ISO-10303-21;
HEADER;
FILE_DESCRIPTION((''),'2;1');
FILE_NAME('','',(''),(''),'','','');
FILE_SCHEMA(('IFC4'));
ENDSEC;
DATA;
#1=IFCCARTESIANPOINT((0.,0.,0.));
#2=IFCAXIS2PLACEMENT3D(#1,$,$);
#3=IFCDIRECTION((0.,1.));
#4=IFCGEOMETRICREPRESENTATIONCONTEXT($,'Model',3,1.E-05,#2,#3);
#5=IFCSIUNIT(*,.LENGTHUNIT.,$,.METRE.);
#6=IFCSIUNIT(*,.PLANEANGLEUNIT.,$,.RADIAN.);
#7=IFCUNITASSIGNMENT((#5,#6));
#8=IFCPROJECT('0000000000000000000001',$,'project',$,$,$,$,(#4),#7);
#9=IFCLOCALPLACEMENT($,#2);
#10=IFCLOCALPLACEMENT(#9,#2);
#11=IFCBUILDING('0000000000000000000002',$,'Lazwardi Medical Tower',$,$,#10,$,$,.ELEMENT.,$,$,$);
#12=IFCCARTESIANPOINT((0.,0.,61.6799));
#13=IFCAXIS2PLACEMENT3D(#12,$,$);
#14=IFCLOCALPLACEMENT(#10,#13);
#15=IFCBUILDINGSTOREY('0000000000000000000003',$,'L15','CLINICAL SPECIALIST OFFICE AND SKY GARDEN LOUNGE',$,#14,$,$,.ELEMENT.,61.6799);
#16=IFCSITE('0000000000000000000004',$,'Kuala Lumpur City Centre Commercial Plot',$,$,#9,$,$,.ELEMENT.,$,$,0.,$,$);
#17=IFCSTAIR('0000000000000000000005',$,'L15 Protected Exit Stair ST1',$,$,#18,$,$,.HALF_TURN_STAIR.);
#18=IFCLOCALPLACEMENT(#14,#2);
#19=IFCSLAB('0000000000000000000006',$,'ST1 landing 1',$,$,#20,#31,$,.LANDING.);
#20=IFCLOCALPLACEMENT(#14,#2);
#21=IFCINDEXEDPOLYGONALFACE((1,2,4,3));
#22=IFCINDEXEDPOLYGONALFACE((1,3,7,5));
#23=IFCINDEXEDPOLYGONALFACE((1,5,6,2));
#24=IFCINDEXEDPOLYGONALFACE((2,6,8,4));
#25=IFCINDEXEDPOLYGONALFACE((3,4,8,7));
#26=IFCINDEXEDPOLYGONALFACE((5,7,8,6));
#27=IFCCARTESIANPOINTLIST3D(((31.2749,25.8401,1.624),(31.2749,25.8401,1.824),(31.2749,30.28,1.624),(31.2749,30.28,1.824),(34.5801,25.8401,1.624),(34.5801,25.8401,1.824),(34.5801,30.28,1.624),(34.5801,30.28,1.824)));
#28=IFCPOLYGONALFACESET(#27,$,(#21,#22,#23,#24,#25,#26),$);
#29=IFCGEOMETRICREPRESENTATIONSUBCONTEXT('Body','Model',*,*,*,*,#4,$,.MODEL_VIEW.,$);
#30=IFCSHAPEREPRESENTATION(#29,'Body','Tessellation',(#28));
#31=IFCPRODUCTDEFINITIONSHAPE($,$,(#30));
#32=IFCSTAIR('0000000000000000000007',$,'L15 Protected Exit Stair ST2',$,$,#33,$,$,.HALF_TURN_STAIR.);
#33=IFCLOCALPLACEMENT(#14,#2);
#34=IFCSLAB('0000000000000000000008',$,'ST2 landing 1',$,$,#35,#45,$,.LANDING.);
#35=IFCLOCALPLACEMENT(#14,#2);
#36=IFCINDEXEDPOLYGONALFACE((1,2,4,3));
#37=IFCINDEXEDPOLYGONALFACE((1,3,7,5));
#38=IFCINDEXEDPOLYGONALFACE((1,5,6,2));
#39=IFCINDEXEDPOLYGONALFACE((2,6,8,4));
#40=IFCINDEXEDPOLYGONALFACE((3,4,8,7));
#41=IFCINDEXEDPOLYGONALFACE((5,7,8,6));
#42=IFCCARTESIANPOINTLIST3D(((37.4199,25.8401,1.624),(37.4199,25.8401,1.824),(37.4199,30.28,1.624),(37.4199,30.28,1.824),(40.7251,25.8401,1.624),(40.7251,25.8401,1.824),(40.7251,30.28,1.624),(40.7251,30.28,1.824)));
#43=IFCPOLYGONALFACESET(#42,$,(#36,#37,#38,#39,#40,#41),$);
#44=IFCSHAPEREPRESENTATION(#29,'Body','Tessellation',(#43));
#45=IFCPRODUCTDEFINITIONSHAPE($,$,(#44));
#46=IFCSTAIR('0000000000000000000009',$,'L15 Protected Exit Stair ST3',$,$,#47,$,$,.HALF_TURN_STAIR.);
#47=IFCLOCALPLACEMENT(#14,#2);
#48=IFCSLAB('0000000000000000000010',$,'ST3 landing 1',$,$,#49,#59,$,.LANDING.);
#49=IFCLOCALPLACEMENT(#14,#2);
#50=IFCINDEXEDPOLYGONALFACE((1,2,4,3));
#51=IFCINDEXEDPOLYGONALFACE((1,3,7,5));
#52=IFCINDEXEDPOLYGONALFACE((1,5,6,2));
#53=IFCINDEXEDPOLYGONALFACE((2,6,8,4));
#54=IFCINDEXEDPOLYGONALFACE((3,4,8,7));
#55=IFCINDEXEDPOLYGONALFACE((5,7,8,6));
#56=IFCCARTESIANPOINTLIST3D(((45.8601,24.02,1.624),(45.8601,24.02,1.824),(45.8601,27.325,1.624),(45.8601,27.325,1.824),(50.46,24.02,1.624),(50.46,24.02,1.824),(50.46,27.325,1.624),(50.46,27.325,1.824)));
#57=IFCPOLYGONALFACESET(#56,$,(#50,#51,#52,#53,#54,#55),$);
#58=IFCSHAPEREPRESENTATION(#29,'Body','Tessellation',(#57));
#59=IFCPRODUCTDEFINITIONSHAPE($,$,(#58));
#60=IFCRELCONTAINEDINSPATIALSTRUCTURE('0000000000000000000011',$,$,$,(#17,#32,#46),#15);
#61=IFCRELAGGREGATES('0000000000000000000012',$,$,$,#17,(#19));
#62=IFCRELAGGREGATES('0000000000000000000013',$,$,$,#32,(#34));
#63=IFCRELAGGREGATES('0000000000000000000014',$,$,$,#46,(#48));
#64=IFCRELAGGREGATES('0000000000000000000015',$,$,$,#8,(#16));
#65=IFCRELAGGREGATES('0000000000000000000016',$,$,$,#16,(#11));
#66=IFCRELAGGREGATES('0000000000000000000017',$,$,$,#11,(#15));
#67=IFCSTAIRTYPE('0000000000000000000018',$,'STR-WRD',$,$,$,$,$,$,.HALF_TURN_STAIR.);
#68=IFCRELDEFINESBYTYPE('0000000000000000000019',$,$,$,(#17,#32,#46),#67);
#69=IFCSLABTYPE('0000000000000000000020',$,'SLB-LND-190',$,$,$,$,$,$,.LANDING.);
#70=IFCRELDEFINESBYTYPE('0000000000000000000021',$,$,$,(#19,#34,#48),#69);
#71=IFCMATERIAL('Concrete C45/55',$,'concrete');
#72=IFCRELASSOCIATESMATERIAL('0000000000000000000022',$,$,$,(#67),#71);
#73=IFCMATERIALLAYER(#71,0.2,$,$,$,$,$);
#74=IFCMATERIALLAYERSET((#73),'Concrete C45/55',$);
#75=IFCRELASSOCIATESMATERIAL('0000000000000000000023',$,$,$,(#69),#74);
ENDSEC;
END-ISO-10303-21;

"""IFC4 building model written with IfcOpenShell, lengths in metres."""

from ifc_helpers import new_model, si_unit, direction, frame, origin, place, context, subcontext, project, spatial, polyline, outline, extrude, material, layer, layer_set, type_object, element, aggregate, save


model = new_model("IFC4")

# Units and contexts
model_context = context("Model", 3, precision=1e-05, world=origin(), true_north=direction((0.0, 1.0)))
body_context = subcontext(model_context, "Body", "Model", "MODEL_VIEW")
ifc_project = project(units=[si_unit("LENGTHUNIT", "METRE"), si_unit("PLANEANGLEUNIT", "RADIAN")], contexts=[model_context])

# Site, building, storey
site_placement = place(None, origin())
site = spatial("IfcSite", under=ifc_project, at=site_placement, Name="Kuala Lumpur City Centre Commercial Plot", CompositionType="ELEMENT", RefElevation=0.0)
building_placement = place(site_placement, origin())
building = spatial("IfcBuilding", under=site, at=building_placement, Name="Lazwardi Medical Tower", CompositionType="ELEMENT")
storey_placement = place(building_placement, frame((0.0, 0.0, 61.6799)))
storey = spatial("IfcBuildingStorey", under=building, at=storey_placement, Name="L15", Description="CLINICAL SPECIALIST OFFICE AND SKY GARDEN LOUNGE", CompositionType="ELEMENT", Elevation=61.6799)

# Stairs, slabs
ifc_material_1 = material(Name="Concrete C45/55", Category="concrete")
stair_type = type_object("IfcStairType", Name="STR-WRD", PredefinedType="HALF_TURN_STAIR", material=ifc_material_1)
stair_1_placement = place(storey_placement, origin())
stair_1 = element("IfcStair", 1, at=stair_1_placement, inside=storey, type_object=stair_type, Name="L15 Protected Exit Stair ST1", PredefinedType="HALF_TURN_STAIR")
ifc_layer_1 = layer(ifc_material_1, 0.2)
ifc_layer_set_1 = layer_set([ifc_layer_1], Name="Concrete C45/55")
slab_type_1 = type_object("IfcSlabType", Name="SLB-LND-190", PredefinedType="LANDING", material=ifc_layer_set_1)
slab_1_placement = place(storey_placement, frame((0.0, 0.0, 1.624)))
slab_1 = element("IfcSlab", 2, at=slab_1_placement, type_object=slab_type_1, Name="ST1 landing 1", PredefinedType="LANDING", context=body_context, shape_type="SweptSolid", body=[
    extrude(outline(polyline([(31.2749, 25.8401), (34.5801, 25.8401), (34.5801, 30.28), (31.2749, 30.28), (31.2749, 25.8401)])), origin(), (0.0, 0.0, 1.0), 0.2),
])
aggregate(stair_1, [slab_1])
stair_2_placement = place(storey_placement, origin())
stair_2 = element("IfcStair", 3, at=stair_2_placement, inside=storey, type_object=stair_type, Name="L15 Protected Exit Stair ST2", PredefinedType="HALF_TURN_STAIR")
slab_2_placement = place(storey_placement, frame((0.0, 0.0, 1.624)))
slab_2 = element("IfcSlab", 4, at=slab_2_placement, type_object=slab_type_1, Name="ST2 landing 1", PredefinedType="LANDING", context=body_context, shape_type="SweptSolid", body=[
    extrude(outline(polyline([(40.7251, 30.28), (37.4199, 30.28), (37.4199, 25.8401), (40.7251, 25.8401), (40.7251, 30.28)])), origin(), (0.0, 0.0, 1.0), 0.2),
])
aggregate(stair_2, [slab_2])
stair_3_placement = place(storey_placement, origin())
stair_3 = element("IfcStair", 5, at=stair_3_placement, inside=storey, type_object=stair_type, Name="L15 Protected Exit Stair ST3", PredefinedType="HALF_TURN_STAIR")
slab_3_placement = place(storey_placement, frame((0.0, 0.0, 1.624)))
slab_3 = element("IfcSlab", 6, at=slab_3_placement, type_object=slab_type_1, Name="ST3 landing 1", PredefinedType="LANDING", context=body_context, shape_type="SweptSolid", body=[
    extrude(outline(polyline([(45.8601, 27.325), (45.8601, 24.02), (50.46, 24.02), (50.46, 27.325), (45.8601, 27.325)])), origin(), (0.0, 0.0, 1.0), 0.2),
])
aggregate(stair_3, [slab_3])

save(model, "model.ifc")
